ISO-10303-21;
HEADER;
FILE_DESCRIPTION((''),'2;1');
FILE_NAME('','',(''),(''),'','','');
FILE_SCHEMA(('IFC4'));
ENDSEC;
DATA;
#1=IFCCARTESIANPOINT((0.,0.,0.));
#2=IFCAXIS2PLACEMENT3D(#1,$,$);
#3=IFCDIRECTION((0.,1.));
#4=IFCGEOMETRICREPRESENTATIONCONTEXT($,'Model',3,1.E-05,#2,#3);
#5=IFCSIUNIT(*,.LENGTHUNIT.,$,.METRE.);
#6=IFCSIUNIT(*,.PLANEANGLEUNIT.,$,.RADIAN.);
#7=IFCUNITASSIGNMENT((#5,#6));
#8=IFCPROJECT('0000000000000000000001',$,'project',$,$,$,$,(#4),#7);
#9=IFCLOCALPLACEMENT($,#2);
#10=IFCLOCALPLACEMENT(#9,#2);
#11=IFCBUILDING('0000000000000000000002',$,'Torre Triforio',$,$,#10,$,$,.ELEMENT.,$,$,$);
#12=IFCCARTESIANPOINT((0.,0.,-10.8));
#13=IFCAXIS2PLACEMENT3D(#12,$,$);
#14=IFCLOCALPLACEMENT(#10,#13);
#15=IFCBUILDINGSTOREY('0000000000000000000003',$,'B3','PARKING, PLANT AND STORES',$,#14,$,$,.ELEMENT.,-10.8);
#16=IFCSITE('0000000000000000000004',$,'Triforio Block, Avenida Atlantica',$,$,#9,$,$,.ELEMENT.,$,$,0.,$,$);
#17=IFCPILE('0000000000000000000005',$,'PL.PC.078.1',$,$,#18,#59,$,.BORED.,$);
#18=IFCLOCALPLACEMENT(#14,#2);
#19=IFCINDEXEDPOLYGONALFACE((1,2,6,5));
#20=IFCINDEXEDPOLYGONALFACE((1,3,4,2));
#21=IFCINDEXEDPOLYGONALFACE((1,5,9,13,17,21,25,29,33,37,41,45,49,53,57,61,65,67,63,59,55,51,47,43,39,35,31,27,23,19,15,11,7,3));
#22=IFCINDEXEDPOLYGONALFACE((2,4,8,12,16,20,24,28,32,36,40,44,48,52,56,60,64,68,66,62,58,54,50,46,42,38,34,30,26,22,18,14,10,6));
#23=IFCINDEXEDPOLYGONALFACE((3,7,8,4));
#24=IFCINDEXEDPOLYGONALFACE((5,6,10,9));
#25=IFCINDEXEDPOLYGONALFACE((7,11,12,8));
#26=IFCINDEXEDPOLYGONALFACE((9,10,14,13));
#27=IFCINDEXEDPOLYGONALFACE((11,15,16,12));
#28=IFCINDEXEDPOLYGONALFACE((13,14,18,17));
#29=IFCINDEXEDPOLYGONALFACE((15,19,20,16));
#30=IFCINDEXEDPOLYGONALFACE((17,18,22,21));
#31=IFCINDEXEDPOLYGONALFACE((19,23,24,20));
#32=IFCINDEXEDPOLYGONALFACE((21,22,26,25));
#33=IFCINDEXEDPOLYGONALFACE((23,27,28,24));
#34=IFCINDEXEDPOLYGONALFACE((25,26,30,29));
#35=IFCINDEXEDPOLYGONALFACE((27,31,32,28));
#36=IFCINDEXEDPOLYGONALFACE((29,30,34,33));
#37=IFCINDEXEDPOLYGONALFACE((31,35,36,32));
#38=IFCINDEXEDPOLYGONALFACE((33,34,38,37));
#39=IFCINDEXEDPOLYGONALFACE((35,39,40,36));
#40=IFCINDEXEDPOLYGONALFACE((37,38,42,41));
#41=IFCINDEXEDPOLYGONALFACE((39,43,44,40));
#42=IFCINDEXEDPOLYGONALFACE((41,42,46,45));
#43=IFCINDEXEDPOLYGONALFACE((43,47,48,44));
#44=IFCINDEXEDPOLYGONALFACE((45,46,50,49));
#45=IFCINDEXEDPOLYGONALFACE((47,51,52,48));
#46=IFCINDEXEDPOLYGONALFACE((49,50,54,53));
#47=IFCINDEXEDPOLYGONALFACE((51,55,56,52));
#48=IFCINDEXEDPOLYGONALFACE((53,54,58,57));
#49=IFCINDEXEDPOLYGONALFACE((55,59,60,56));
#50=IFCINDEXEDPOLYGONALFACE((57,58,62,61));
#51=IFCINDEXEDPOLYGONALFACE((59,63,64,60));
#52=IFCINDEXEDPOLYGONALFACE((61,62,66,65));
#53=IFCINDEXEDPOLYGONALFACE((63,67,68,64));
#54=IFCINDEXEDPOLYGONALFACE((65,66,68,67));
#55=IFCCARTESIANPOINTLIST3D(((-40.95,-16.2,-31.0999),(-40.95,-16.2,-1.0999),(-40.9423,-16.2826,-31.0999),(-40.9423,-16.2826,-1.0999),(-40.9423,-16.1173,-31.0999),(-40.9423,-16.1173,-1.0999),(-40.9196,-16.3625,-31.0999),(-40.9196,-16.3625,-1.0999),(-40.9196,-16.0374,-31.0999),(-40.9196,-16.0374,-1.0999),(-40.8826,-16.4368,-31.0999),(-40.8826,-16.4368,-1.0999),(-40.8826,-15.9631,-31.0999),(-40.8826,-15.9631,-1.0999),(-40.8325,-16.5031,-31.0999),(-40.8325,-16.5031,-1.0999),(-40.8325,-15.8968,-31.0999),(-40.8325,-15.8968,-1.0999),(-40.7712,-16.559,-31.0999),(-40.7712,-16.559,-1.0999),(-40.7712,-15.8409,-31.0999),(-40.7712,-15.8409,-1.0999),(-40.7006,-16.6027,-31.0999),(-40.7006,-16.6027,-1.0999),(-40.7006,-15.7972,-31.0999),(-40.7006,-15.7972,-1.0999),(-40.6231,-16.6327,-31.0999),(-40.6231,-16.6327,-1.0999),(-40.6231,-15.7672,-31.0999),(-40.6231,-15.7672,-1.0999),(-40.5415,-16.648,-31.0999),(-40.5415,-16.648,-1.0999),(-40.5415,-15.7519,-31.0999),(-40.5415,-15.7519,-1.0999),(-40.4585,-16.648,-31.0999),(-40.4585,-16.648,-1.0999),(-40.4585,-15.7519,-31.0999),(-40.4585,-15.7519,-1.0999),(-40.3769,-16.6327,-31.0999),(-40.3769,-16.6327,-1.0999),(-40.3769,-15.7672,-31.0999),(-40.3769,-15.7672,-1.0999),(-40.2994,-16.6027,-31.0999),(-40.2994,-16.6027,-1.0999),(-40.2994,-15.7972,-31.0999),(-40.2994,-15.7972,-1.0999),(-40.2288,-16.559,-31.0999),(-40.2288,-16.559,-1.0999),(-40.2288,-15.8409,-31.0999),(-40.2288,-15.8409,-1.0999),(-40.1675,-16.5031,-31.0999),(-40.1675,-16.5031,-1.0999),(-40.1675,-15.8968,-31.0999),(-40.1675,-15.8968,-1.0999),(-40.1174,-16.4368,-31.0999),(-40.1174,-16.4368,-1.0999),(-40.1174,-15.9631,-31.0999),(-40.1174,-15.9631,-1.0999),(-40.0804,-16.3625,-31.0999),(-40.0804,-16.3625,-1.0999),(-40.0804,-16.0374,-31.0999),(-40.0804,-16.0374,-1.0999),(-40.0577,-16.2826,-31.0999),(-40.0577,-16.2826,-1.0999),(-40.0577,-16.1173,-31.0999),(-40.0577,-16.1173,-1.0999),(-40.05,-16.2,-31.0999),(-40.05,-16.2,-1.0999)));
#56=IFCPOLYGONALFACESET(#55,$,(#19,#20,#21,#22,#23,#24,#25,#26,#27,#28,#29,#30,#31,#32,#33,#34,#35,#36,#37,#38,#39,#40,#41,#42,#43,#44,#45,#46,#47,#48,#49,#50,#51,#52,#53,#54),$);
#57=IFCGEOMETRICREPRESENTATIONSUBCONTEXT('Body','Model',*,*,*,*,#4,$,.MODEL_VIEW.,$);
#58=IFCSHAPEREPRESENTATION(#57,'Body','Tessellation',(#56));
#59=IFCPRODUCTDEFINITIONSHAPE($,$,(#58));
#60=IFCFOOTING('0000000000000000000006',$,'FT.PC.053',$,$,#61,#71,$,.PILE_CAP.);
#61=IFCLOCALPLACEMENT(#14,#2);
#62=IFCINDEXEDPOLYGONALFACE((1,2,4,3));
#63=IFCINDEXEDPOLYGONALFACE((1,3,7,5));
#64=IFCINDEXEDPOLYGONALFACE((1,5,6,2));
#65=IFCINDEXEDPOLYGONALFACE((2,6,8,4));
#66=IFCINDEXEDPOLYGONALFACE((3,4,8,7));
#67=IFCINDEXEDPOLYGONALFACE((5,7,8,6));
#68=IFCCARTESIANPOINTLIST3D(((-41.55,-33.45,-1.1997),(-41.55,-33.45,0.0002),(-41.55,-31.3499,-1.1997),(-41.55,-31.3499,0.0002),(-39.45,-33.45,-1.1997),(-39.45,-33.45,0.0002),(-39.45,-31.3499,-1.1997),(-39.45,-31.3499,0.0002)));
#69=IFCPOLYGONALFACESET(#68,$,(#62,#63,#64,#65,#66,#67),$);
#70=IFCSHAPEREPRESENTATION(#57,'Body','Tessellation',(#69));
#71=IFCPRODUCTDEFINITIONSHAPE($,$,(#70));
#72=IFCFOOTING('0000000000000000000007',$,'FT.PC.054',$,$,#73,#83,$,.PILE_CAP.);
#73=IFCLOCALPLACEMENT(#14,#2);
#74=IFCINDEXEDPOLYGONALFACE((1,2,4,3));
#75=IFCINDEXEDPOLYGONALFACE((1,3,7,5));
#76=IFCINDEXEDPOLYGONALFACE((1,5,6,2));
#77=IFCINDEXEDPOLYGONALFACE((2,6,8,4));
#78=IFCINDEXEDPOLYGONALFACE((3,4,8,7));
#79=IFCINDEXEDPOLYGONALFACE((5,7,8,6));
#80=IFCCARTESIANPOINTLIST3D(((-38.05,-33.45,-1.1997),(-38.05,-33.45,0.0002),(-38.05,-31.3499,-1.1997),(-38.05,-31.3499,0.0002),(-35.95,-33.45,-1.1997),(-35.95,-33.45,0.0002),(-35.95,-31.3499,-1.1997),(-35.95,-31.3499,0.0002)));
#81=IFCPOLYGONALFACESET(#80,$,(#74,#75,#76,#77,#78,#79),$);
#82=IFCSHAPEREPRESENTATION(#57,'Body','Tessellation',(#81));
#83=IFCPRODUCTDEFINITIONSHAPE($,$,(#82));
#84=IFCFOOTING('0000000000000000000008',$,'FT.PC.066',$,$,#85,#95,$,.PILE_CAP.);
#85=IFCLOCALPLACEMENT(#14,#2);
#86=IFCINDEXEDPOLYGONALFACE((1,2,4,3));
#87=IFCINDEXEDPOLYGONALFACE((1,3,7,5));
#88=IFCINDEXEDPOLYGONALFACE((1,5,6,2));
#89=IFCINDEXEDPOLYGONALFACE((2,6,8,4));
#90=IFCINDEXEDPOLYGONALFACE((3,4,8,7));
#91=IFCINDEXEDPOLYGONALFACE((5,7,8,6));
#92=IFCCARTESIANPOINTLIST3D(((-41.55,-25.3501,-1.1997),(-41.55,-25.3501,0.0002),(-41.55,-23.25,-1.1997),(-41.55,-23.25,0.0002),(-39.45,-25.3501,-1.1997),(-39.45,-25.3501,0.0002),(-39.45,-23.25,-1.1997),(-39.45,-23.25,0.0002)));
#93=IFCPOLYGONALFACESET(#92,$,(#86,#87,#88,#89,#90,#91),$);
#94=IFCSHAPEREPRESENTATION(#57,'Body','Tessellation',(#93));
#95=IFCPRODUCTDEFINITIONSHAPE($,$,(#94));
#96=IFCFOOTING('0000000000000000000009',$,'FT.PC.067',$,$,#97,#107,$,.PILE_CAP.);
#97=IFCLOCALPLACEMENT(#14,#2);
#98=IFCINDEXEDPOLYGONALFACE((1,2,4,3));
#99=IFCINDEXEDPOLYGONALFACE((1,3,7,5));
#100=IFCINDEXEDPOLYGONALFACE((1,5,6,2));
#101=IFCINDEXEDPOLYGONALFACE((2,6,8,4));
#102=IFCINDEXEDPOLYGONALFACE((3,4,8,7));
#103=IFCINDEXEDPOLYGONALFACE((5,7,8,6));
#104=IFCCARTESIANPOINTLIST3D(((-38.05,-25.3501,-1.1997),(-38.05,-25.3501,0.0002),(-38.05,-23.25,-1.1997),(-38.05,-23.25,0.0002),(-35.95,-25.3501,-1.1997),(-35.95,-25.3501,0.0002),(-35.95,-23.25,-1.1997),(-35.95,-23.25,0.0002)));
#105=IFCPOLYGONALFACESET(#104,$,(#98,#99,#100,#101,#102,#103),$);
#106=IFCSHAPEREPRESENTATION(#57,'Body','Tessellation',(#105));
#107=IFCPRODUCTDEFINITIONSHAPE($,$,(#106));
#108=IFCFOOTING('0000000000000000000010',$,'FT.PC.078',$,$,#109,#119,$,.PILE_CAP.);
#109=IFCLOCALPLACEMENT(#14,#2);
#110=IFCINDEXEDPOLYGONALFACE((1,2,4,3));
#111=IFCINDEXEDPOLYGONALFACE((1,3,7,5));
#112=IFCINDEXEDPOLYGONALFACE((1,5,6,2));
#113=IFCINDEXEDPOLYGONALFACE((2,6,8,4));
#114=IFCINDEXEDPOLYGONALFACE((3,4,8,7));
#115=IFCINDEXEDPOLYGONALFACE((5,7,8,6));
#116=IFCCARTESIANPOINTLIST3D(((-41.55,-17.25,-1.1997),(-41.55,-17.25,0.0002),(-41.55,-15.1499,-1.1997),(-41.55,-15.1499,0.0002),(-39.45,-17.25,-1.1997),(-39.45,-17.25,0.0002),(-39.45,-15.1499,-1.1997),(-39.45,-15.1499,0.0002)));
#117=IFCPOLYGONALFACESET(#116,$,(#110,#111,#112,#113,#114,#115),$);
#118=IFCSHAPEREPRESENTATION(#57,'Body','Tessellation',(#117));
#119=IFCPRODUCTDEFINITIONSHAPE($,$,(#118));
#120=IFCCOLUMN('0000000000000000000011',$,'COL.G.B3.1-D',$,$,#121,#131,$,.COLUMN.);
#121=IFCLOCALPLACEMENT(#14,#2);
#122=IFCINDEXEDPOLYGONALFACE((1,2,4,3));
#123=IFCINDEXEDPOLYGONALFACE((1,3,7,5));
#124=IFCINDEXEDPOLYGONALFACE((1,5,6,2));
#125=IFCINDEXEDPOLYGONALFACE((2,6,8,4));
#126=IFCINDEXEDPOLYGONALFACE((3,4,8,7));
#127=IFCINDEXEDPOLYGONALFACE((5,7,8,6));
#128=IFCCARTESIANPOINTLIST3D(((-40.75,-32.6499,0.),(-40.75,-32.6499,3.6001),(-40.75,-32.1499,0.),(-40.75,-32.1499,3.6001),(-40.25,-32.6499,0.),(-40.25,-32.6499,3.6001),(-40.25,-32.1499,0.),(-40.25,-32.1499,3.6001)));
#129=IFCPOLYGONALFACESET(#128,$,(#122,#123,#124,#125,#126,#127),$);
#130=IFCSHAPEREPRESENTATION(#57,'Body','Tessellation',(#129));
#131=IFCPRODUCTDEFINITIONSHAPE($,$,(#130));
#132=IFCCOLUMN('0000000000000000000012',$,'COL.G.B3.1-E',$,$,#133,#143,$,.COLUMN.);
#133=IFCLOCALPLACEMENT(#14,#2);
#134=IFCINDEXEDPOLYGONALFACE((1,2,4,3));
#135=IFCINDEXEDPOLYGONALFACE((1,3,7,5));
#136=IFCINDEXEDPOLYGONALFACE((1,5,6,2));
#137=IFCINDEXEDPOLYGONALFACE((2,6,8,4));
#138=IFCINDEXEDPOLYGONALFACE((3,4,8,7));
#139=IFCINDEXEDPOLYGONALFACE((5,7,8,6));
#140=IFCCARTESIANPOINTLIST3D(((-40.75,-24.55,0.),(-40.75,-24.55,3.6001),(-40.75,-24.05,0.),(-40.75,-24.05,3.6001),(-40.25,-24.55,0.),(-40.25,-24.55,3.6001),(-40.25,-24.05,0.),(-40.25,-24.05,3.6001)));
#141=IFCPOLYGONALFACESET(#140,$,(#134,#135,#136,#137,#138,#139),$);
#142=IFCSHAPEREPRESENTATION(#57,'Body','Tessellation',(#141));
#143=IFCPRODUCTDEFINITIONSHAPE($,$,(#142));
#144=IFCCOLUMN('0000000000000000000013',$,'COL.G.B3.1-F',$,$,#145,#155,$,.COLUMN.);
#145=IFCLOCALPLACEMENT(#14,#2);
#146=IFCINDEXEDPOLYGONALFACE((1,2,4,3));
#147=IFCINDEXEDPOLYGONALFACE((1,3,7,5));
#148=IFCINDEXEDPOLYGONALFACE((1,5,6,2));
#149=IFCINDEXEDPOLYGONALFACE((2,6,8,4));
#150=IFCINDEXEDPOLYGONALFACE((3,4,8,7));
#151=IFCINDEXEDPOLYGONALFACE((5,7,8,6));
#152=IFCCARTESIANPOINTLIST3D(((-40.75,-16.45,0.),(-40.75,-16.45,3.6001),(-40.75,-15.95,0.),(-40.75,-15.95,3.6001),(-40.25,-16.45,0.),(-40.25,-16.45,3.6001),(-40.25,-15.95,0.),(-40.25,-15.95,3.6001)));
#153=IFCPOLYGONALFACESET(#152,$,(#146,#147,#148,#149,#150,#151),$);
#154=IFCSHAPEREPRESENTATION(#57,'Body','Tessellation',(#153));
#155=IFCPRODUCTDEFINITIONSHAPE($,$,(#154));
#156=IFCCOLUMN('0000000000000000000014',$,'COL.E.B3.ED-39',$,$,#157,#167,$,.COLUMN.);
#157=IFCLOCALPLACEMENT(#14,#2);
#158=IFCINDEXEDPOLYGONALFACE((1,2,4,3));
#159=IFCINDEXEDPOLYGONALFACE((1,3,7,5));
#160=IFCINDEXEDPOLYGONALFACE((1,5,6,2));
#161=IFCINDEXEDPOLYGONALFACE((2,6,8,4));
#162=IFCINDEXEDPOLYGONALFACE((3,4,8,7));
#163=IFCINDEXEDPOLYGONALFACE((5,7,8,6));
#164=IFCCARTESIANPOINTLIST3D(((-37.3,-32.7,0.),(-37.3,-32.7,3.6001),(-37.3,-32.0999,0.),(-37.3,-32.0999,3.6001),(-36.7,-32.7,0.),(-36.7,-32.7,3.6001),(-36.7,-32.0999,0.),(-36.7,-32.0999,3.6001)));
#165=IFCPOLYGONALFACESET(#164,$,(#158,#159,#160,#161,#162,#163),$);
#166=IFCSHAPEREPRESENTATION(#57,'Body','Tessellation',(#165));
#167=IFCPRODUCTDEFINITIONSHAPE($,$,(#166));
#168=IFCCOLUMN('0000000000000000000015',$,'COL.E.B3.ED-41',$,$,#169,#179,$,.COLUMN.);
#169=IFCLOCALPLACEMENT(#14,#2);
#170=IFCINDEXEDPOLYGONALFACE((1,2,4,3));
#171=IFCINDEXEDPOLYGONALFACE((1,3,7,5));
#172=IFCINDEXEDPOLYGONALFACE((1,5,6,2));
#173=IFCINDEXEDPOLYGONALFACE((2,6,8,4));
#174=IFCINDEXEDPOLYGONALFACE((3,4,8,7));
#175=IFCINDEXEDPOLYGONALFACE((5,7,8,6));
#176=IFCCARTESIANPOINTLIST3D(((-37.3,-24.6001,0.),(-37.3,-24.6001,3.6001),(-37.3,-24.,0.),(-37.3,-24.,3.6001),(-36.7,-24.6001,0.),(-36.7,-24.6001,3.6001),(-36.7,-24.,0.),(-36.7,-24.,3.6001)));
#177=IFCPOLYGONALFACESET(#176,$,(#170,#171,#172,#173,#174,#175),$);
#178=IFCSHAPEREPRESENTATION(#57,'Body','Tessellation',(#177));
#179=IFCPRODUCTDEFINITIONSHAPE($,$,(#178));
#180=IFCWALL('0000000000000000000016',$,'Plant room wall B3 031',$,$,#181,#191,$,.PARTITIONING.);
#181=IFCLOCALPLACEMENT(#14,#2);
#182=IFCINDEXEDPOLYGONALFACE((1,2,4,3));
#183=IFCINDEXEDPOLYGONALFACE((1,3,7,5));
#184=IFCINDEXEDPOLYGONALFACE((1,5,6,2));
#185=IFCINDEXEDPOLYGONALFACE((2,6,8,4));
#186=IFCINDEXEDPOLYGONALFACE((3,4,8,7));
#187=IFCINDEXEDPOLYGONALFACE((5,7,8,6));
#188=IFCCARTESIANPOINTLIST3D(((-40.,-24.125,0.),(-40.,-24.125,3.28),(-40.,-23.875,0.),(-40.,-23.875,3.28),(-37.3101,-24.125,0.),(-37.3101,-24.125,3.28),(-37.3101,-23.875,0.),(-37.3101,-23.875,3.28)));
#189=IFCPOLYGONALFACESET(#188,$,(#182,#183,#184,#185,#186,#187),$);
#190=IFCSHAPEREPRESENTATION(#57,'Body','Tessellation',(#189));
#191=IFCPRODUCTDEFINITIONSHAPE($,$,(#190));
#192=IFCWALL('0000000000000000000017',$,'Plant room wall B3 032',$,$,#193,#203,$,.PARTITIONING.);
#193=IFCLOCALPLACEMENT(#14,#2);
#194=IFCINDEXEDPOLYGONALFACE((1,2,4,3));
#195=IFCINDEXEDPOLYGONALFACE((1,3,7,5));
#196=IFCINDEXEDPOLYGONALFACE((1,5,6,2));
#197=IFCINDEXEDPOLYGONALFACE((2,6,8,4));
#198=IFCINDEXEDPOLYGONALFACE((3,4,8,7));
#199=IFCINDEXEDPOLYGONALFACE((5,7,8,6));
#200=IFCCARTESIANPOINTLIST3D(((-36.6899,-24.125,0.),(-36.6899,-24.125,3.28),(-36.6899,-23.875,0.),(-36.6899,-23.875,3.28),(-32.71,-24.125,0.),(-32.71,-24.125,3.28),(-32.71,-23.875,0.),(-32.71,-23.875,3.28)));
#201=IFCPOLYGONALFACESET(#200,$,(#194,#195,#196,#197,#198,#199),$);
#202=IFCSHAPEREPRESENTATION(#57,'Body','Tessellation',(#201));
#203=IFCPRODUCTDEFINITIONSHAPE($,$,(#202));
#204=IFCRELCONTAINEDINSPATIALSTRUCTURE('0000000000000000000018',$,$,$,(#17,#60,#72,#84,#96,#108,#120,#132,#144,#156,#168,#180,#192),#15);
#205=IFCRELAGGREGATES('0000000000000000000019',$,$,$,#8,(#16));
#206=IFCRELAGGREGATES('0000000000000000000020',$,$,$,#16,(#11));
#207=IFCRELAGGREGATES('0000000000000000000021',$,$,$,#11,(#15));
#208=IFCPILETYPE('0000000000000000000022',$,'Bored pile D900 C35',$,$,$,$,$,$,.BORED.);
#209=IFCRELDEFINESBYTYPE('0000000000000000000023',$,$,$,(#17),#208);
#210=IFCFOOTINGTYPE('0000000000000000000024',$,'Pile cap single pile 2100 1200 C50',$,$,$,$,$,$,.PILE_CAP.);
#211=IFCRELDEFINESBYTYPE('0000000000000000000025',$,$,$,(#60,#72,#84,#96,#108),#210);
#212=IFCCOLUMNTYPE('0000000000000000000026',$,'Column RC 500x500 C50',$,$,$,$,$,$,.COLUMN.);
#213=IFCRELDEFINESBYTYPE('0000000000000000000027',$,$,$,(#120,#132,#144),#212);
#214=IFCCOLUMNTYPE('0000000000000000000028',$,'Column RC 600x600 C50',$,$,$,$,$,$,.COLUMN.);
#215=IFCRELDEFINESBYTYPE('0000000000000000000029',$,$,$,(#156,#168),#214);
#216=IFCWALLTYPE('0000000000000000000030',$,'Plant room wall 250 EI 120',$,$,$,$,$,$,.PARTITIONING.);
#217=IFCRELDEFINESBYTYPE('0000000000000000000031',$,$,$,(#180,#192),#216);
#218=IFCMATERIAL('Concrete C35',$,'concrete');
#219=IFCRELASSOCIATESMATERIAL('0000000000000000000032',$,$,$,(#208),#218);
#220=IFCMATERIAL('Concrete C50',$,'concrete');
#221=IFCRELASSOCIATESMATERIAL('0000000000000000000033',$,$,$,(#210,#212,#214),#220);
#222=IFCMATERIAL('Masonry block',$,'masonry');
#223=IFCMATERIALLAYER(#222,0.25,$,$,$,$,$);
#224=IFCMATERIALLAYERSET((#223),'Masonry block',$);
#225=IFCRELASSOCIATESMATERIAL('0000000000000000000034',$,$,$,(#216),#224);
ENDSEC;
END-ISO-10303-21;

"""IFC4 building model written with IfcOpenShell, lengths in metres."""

from ifc_helpers import new_model, si_unit, direction, frame, frame_2d, origin, origin_2d, place, context, subcontext, project, spatial, rectangle, circle, extrude, material, layer, layer_set, material_profile, profile_set, type_object, element, save


model = new_model("IFC4")

# Units and contexts
model_context = context("Model", 3, precision=1e-05, world=origin(), true_north=direction((0.0, 1.0)))
body_context = subcontext(model_context, "Body", "Model", "MODEL_VIEW")
ifc_project = project(units=[si_unit("LENGTHUNIT", "METRE"), si_unit("PLANEANGLEUNIT", "RADIAN")], contexts=[model_context])

# Site, building, storey
site_placement = place(None, origin())
site = spatial("IfcSite", under=ifc_project, at=site_placement, Name="Triforio Block, Avenida Atlantica", CompositionType="ELEMENT", RefElevation=0.0)
building_placement = place(site_placement, origin())
building = spatial("IfcBuilding", under=site, at=building_placement, Name="Torre Triforio", CompositionType="ELEMENT")
storey_placement = place(building_placement, frame((0.0, 0.0, -10.8)))
storey = spatial("IfcBuildingStorey", under=building, at=storey_placement, Name="B3", Description="PARKING, PLANT AND STORES", CompositionType="ELEMENT", Elevation=-10.8)

# Pile
ifc_material_1 = material(Name="Concrete C35", Category="concrete")
ifc_material_profile_1 = material_profile(ifc_material_1, circle(Radius=0.45, at=origin_2d()), Name="RC D900")
ifc_profile_set_1 = profile_set([ifc_material_profile_1], Name="Concrete C35")
pile_type = type_object("IfcPileType", Name="Bored pile D900 C35", PredefinedType="BORED", material=ifc_profile_set_1)
for number, where, z_axis, x_axis, name in (
    (1, (-40.5, -16.2, -1.0999), (0.0, 0.0, -1.0), (1.0, 0.0, 0.0), "PL.PC.078.1"),
):
    element("IfcPile", number, at=place(storey_placement, frame(where, z_axis=z_axis, x_axis=x_axis)), inside=storey, type_object=pile_type, Name=name, PredefinedType="BORED", context=body_context, shape_type="SweptSolid", body=[
        extrude(circle(Radius=0.45, at=origin_2d()), origin(), (0.0, 0.0, 1.0), 30.0),
    ])

# Footings
ifc_material_2 = material(Name="Concrete C50", Category="concrete")
footing_type = type_object("IfcFootingType", Name="Pile cap single pile 2100 1200 C50", PredefinedType="PILE_CAP", material=ifc_material_2)
for number, where, z_axis, x_axis, name in (
    (2, (-40.5, -32.3999, -1.1997), (0.0, 0.0, 1.0), (1.0, 0.0, 0.0), "FT.PC.053"),
    (3, (-37.0, -32.3999, -1.1997), (0.0, 0.0, 1.0), (1.0, 0.0, 0.0), "FT.PC.054"),
    (4, (-40.5, -24.3, -1.1997), (0.0, 0.0, 1.0), (1.0, 0.0, 0.0), "FT.PC.066"),
    (5, (-37.0, -24.3, -1.1997), (0.0, 0.0, 1.0), (1.0, 0.0, 0.0), "FT.PC.067"),
    (6, (-40.5, -16.2, -1.1997), (0.0, 0.0, 1.0), (1.0, 0.0, 0.0), "FT.PC.078"),
):
    element("IfcFooting", number, at=place(storey_placement, frame(where, z_axis=z_axis, x_axis=x_axis)), inside=storey, type_object=footing_type, Name=name, PredefinedType="PILE_CAP", context=body_context, shape_type="SweptSolid", body=[
        extrude(rectangle(XDim=2.1001, YDim=2.1001, at=origin_2d()), origin(), (0.0, 0.0, 1.0), 1.2),
    ])

# Columns
ifc_material_profile_2 = material_profile(ifc_material_2, rectangle(XDim=0.5, YDim=0.5, at=origin_2d()), Name="RC 500x500")
ifc_profile_set_2 = profile_set([ifc_material_profile_2], Name="Concrete C50")
column_type_1 = type_object("IfcColumnType", Name="Column RC 500x500 C50", PredefinedType="COLUMN", material=ifc_profile_set_2)
for number, where, z_axis, x_axis, name in (
    (7, (-40.5, -32.3999, 0.0), (0.0, 0.0, 1.0), (1.0, 0.0, 0.0), "COL.G.B3.1-D"),
    (8, (-40.5, -24.3, 0.0), (0.0, 0.0, 1.0), (1.0, 0.0, 0.0), "COL.G.B3.1-E"),
    (9, (-40.5, -16.2, 0.0), (0.0, 0.0, 1.0), (1.0, 0.0, 0.0), "COL.G.B3.1-F"),
):
    element("IfcColumn", number, at=place(storey_placement, frame(where, z_axis=z_axis, x_axis=x_axis)), inside=storey, type_object=column_type_1, Name=name, PredefinedType="COLUMN", context=body_context, shape_type="SweptSolid", body=[
        extrude(rectangle(XDim=0.5, YDim=0.5, at=origin_2d()), origin(), (0.0, 0.0, 1.0), 3.6001),
    ])
ifc_material_profile_3 = material_profile(ifc_material_2, rectangle(XDim=0.6001, YDim=0.6001, at=origin_2d()), Name="RC 600x600")
ifc_profile_set_3 = profile_set([ifc_material_profile_3], Name="Concrete C50")
column_type_2 = type_object("IfcColumnType", Name="Column RC 600x600 C50", PredefinedType="COLUMN", material=ifc_profile_set_3)
for number, where, z_axis, x_axis, name in (
    (10, (-37.0, -32.3999, 0.0), (0.0, 0.0, 1.0), (1.0, 0.0, 0.0), "COL.E.B3.ED-39"),
    (11, (-37.0, -24.3, 0.0), (0.0, 0.0, 1.0), (1.0, 0.0, 0.0), "COL.E.B3.ED-41"),
):
    element("IfcColumn", number, at=place(storey_placement, frame(where, z_axis=z_axis, x_axis=x_axis)), inside=storey, type_object=column_type_2, Name=name, PredefinedType="COLUMN", context=body_context, shape_type="SweptSolid", body=[
        extrude(rectangle(XDim=0.6001, YDim=0.6001, at=origin_2d()), origin(), (0.0, 0.0, 1.0), 3.6001),
    ])

# Walls
ifc_material_3 = material(Name="Masonry block", Category="masonry")
ifc_layer_1 = layer(ifc_material_3, 0.25)
ifc_layer_set_1 = layer_set([ifc_layer_1], Name="Masonry block")
wall_type_1 = type_object("IfcWallType", Name="Plant room wall 250 EI 120", PredefinedType="PARTITIONING", material=ifc_layer_set_1)
wall_1_placement = place(storey_placement, frame((-40.0, -24.0, 0.0), z_axis=(0.0, 0.0, 1.0), x_axis=(1.0, 0.0, 0.0)))
element("IfcWall", 12, at=wall_1_placement, inside=storey, type_object=wall_type_1, Name="Plant room wall B3 031", PredefinedType="PARTITIONING", context=body_context, shape_type="SweptSolid", body=[
    extrude(rectangle(XDim=2.6899, YDim=0.25, at=frame_2d((1.345, 0.0))), origin(), (0.0, 0.0, 1.0), 3.28),
])
wall_2_placement = place(storey_placement, frame((-36.6899, -24.0, 0.0), z_axis=(0.0, 0.0, 1.0), x_axis=(1.0, 0.0, 0.0)))
element("IfcWall", 13, at=wall_2_placement, inside=storey, type_object=wall_type_1, Name="Plant room wall B3 032", PredefinedType="PARTITIONING", context=body_context, shape_type="SweptSolid", body=[
    extrude(rectangle(XDim=3.98, YDim=0.25, at=frame_2d((1.99, 0.0))), origin(), (0.0, 0.0, 1.0), 3.28),
])

save(model, "model.ifc")
